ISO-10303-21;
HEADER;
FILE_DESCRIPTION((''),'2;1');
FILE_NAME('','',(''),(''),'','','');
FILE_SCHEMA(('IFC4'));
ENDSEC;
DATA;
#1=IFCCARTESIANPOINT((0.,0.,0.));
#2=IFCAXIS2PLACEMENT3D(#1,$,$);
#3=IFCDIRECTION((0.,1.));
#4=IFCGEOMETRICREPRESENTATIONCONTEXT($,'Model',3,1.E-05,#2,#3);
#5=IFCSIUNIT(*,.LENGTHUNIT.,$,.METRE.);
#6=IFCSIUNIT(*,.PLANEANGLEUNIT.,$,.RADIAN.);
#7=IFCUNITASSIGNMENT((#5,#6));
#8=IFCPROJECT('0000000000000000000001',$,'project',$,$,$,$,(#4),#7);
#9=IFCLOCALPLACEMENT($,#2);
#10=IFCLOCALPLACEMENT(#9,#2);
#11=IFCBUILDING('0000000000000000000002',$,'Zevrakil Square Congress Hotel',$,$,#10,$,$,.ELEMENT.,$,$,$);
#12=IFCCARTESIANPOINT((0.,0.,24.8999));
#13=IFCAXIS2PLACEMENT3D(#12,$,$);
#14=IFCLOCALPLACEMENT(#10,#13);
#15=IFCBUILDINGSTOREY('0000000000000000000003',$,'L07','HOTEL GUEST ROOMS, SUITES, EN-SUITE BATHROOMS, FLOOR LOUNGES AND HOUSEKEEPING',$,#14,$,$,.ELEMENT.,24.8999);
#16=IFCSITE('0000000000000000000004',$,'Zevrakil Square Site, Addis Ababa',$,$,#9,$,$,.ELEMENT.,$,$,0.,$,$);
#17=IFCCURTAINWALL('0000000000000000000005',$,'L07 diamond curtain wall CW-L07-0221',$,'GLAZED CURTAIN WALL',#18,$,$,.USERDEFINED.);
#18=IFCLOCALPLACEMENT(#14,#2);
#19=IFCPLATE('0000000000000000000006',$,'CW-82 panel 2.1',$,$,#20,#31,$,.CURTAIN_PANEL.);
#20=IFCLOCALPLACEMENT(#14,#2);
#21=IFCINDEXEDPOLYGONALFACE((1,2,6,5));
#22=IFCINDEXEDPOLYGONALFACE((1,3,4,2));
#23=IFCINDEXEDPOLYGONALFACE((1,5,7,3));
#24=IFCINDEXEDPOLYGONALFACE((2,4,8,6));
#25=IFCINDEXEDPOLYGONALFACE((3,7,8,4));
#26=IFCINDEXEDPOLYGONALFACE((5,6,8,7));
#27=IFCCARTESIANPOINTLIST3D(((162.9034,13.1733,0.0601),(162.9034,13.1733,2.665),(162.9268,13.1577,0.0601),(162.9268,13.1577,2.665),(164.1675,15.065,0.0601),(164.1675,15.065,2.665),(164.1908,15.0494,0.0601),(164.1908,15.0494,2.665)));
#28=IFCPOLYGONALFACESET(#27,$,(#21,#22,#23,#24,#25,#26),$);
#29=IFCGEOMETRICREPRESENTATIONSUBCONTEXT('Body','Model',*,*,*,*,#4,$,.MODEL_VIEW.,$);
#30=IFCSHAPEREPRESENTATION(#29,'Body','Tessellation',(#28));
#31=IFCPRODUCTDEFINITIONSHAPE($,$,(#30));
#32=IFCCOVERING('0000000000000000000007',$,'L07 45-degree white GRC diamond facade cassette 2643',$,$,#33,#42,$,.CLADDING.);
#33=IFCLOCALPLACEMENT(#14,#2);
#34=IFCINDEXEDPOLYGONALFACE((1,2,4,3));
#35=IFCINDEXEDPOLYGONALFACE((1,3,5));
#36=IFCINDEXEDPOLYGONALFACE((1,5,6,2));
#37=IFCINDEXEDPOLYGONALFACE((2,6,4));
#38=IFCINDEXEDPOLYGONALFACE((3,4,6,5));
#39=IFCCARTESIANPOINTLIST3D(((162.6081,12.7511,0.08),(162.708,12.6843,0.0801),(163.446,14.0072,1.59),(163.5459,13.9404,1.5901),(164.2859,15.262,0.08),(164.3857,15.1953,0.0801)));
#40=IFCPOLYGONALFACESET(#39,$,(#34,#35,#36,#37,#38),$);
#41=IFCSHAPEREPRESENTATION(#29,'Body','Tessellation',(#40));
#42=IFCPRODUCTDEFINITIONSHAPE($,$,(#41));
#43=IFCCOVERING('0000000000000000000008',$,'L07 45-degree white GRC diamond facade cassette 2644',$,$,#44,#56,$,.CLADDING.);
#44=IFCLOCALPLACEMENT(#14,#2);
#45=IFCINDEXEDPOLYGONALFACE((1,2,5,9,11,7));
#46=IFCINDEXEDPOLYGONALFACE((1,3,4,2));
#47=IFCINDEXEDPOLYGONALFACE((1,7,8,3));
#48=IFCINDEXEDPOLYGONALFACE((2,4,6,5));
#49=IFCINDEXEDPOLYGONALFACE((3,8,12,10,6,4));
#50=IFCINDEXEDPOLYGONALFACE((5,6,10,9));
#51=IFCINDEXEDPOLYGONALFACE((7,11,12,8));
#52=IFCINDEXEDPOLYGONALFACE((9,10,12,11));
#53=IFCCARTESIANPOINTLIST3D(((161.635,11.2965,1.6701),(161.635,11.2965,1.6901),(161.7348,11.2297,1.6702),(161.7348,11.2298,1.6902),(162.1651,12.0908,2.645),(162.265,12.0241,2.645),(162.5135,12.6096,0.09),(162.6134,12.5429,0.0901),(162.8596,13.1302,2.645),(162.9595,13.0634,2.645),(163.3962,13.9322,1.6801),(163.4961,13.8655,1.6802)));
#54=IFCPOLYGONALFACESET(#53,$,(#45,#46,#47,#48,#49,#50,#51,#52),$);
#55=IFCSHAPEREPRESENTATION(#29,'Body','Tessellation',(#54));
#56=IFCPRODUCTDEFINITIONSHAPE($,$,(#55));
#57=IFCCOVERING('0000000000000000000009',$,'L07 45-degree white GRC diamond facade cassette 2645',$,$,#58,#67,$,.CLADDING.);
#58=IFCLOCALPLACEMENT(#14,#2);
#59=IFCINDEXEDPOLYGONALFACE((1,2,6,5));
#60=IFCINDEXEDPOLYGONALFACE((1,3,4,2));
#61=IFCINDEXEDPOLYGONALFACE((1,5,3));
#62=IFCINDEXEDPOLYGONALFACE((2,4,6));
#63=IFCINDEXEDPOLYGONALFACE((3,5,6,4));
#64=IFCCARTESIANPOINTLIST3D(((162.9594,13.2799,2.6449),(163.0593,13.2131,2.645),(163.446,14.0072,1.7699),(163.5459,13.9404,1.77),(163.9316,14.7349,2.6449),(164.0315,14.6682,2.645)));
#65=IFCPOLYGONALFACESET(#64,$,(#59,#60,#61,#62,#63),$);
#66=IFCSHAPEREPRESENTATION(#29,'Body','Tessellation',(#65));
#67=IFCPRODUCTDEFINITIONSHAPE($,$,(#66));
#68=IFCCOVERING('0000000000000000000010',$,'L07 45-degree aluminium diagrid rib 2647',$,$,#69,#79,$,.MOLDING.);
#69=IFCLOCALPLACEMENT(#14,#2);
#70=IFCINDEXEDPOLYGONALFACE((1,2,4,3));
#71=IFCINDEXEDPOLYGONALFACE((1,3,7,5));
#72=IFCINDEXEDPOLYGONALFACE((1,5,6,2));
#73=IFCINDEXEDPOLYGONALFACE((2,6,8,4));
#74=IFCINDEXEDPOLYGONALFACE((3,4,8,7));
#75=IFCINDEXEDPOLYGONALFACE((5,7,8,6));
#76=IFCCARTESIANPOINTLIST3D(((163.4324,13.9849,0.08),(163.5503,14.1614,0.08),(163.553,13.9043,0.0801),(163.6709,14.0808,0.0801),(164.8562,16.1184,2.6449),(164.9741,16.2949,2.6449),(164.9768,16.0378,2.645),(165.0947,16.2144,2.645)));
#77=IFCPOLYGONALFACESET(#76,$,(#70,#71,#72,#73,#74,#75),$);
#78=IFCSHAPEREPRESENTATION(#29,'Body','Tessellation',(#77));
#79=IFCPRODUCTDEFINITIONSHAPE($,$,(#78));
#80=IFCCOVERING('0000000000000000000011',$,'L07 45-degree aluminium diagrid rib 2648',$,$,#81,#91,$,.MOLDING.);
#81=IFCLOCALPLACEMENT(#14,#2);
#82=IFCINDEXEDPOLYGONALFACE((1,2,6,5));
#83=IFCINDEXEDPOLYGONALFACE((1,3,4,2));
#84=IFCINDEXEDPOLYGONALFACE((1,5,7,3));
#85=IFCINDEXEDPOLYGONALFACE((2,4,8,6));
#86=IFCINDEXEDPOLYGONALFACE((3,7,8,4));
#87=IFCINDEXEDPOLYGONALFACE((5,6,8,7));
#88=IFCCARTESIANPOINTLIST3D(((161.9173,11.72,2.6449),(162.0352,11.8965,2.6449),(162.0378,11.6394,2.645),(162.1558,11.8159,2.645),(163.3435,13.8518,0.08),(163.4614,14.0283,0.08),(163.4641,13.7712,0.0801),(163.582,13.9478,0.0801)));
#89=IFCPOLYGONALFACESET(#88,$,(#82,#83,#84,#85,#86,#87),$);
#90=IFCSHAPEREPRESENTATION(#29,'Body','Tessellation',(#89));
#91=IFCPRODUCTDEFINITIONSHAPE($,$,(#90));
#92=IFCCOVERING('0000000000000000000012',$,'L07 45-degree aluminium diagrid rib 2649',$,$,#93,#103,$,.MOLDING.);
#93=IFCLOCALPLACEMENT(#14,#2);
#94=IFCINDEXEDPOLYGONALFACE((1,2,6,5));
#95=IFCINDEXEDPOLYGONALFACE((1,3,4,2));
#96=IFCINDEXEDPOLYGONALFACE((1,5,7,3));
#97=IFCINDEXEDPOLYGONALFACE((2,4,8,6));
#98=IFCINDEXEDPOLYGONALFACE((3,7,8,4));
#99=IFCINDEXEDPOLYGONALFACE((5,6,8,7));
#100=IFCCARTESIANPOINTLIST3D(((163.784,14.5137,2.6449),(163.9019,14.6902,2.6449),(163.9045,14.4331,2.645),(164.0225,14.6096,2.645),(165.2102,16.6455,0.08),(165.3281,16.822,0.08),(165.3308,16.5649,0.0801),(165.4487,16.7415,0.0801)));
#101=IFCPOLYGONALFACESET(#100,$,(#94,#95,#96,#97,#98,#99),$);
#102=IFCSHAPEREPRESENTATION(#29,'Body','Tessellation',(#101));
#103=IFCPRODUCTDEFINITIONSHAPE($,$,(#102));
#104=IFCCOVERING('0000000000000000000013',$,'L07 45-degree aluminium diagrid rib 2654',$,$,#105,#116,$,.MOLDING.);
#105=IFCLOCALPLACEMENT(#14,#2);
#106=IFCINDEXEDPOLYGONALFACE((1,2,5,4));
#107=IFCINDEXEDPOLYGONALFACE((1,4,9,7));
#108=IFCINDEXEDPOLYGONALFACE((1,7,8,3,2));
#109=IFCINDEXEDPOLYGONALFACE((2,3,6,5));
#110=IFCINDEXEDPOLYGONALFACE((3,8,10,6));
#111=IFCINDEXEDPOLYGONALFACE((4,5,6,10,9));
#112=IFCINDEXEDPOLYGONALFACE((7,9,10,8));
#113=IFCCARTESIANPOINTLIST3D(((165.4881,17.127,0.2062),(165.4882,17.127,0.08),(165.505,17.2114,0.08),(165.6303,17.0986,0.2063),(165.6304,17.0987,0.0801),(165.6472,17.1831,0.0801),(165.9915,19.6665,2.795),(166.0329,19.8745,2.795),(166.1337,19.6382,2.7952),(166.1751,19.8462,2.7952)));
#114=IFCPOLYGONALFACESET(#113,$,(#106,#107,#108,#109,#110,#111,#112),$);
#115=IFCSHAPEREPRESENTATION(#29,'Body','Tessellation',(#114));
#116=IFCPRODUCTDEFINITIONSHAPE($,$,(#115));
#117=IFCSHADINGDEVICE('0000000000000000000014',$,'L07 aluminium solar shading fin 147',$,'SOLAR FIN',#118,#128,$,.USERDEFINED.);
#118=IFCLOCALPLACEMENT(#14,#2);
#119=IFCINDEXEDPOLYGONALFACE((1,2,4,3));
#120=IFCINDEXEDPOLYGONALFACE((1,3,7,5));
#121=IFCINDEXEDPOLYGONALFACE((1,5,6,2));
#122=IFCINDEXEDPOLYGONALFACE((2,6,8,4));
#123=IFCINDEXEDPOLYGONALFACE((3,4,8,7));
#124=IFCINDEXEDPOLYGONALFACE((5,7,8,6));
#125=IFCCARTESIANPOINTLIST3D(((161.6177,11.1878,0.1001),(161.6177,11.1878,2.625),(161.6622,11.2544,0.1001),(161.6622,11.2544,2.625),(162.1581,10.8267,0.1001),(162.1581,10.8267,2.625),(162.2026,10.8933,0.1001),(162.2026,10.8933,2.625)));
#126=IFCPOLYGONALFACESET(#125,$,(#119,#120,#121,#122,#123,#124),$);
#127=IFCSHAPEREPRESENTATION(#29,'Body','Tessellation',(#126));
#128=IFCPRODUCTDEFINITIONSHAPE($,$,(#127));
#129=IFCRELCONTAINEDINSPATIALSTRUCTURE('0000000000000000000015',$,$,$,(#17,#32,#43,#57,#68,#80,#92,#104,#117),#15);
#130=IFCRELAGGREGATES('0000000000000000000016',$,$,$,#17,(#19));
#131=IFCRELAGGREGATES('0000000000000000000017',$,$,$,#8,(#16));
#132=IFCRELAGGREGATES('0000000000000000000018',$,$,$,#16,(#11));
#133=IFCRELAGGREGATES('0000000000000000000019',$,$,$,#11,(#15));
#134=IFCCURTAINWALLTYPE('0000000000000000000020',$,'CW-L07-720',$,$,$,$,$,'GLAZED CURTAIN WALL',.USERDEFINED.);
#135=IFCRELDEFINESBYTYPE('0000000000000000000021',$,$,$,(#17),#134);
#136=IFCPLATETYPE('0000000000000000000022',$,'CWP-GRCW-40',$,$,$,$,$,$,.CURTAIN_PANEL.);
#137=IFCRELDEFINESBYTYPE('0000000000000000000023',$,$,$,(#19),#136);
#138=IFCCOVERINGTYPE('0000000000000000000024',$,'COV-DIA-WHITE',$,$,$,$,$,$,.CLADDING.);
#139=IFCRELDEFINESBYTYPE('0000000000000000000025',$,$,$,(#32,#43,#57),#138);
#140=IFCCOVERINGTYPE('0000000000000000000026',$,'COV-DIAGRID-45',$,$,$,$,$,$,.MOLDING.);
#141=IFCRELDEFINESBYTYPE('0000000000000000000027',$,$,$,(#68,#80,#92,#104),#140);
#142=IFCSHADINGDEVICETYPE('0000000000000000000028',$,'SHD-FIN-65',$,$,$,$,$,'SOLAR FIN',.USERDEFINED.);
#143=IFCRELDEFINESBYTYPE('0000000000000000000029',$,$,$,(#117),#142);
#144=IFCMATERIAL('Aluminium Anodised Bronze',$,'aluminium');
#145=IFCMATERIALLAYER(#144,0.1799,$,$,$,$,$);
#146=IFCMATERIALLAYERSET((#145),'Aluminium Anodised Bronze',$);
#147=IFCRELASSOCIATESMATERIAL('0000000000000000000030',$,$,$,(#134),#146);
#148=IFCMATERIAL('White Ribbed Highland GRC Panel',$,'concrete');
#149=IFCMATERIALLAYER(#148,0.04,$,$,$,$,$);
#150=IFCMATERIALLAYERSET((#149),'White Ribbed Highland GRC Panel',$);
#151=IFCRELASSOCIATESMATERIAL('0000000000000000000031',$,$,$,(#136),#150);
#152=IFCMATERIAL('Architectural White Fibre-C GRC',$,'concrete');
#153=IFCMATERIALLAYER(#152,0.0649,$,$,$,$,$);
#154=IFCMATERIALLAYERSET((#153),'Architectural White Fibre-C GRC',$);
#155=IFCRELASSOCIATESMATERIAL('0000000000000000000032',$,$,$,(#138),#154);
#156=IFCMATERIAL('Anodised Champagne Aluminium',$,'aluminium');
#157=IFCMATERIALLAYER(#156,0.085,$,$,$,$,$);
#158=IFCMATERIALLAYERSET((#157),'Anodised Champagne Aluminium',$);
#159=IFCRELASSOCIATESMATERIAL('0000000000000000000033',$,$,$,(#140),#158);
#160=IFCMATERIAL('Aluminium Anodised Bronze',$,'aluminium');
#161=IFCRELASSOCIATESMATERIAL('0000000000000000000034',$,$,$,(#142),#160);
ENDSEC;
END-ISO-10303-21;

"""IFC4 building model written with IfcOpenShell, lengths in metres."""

from ifc_helpers import new_model, si_unit, direction, frame, origin, origin_2d, place, context, subcontext, project, spatial, polyline, rectangle, outline, extrude, material, layer, layer_set, type_object, element, aggregate, save


model = new_model("IFC4")

# Units and contexts
model_context = context("Model", 3, precision=1e-05, world=origin(), true_north=direction((0.0, 1.0)))
body_context = subcontext(model_context, "Body", "Model", "MODEL_VIEW")
ifc_project = project(units=[si_unit("LENGTHUNIT", "METRE"), si_unit("PLANEANGLEUNIT", "RADIAN")], contexts=[model_context])

# Site, building, storey
site_placement = place(None, origin())
site = spatial("IfcSite", under=ifc_project, at=site_placement, Name="Zevrakil Square Site, Addis Ababa", CompositionType="ELEMENT", RefElevation=0.0)
building_placement = place(site_placement, origin())
building = spatial("IfcBuilding", under=site, at=building_placement, Name="Zevrakil Square Congress Hotel", CompositionType="ELEMENT")
storey_placement = place(building_placement, frame((0.0, 0.0, 24.8999)))
storey = spatial("IfcBuildingStorey", under=building, at=storey_placement, Name="L07", Description="HOTEL GUEST ROOMS, SUITES, EN-SUITE BATHROOMS, FLOOR LOUNGES AND HOUSEKEEPING", CompositionType="ELEMENT", Elevation=24.8999)

# Curtain wall
ifc_material_1 = material(Name="Aluminium Anodised Bronze", Category="aluminium")
ifc_layer_1 = layer(ifc_material_1, 0.1799)
ifc_layer_set_1 = layer_set([ifc_layer_1], Name="Aluminium Anodised Bronze")
curtain_wall_type = type_object("IfcCurtainWallType", Name="CW-L07-720", ElementType="GLAZED CURTAIN WALL", PredefinedType="USERDEFINED", material=ifc_layer_set_1)
curtain_wall_1_placement = place(storey_placement, origin())
curtain_wall_1 = element("IfcCurtainWall", 1, at=curtain_wall_1_placement, inside=storey, type_object=curtain_wall_type, Name="L07 diamond curtain wall CW-L07-0221", ObjectType="GLAZED CURTAIN WALL", PredefinedType="USERDEFINED")

# Plate
ifc_material_2 = material(Name="White Ribbed Highland GRC Panel", Category="concrete")
ifc_layer_2 = layer(ifc_material_2, 0.04)
ifc_layer_set_2 = layer_set([ifc_layer_2], Name="White Ribbed Highland GRC Panel")
plate_type_1 = type_object("IfcPlateType", Name="CWP-GRCW-40", PredefinedType="CURTAIN_PANEL", material=ifc_layer_set_2)
plate_1_placement = place(storey_placement, frame((163.5471, 14.1113, 0.0601), z_axis=(0.0, 0.0, 1.0), x_axis=(0.555576, 0.831466, 0.0)))
plate_1 = element("IfcPlate", 2, at=plate_1_placement, type_object=plate_type_1, Name="CW-82 panel 2.1", PredefinedType="CURTAIN_PANEL", context=body_context, shape_type="SweptSolid", body=[
    extrude(rectangle(XDim=2.2751, YDim=0.0281, at=origin_2d()), origin(), (0.0, 0.0, 1.0), 2.605),
])
aggregate(curtain_wall_1, [plate_1])

# Coverings
ifc_material_3 = material(Name="Architectural White Fibre-C GRC", Category="concrete")
ifc_layer_3 = layer(ifc_material_3, 0.0649)
ifc_layer_set_3 = layer_set([ifc_layer_3], Name="Architectural White Fibre-C GRC")
covering_type_1 = type_object("IfcCoveringType", Name="COV-DIA-WHITE", PredefinedType="CLADDING", material=ifc_layer_set_3)
covering_1_placement = place(storey_placement, frame((163.5459, 13.9404, 1.5901), z_axis=(0.831477, -0.555558, 0.000762), x_axis=(0.393284, 0.58764, -0.707112)))
element("IfcCovering", 3, at=covering_1_placement, inside=storey, type_object=covering_type_1, Name="L07 45-degree white GRC diamond facade cassette 2643", PredefinedType="CLADDING", context=body_context, shape_type="SweptSolid", body=[
    extrude(outline(polyline([(0.0, 0.0), (2.1355, 0.0), (0.0001, -2.1354), (0.0, 0.0)])), origin(), (0.0, 0.0, -1.0), 0.1201),
])
covering_2_placement = place(storey_placement, frame((163.4961, 13.8655, 1.6802), z_axis=(0.831452, -0.555596, 0.000557), x_axis=(-0.392539, -0.588145, -0.707106)))
element("IfcCovering", 4, at=covering_2_placement, inside=storey, type_object=covering_type_1, Name="L07 45-degree white GRC diamond facade cassette 2644", PredefinedType="CLADDING", context=body_context, shape_type="SweptSolid", body=[
    extrude(outline(polyline([(0.0, 0.0), (2.2487, 0.0), (2.2486, -2.2345), (2.2345, -2.2486), (0.884, -2.2485), (0.0001, -1.3646), (0.0, 0.0)])), origin(), (0.0, 0.0, -1.0), 0.1201),
])
covering_3_placement = place(storey_placement, frame((163.5459, 13.9404, 1.77), z_axis=(0.831492, -0.555537, 0.000619), x_axis=(-0.393199, -0.587727, 0.707087)))
element("IfcCovering", 5, at=covering_3_placement, inside=storey, type_object=covering_type_1, Name="L07 45-degree white GRC diamond facade cassette 2645", PredefinedType="CLADDING", context=body_context, shape_type="SweptSolid", body=[
    extrude(outline(polyline([(0.0, 0.0), (1.2375, 0.0), (0.0, -1.2374), (0.0, 0.0)])), origin(), (0.0, 0.0, -1.0), 0.1201),
])
ifc_material_4 = material(Name="Anodised Champagne Aluminium", Category="aluminium")
ifc_layer_4 = layer(ifc_material_4, 0.085)
ifc_layer_set_4 = layer_set([ifc_layer_4], Name="Anodised Champagne Aluminium")
covering_type_2 = type_object("IfcCoveringType", Name="COV-DIAGRID-45", PredefinedType="MOLDING", material=ifc_layer_set_4)
covering_4_placement = place(storey_placement, frame((163.6709, 14.0808, 0.0801), z_axis=(0.831519, -0.555496, 0.000482), x_axis=(-0.555496, -0.831519, 0.0)))
element("IfcCovering", 6, at=covering_4_placement, inside=storey, type_object=covering_type_2, Name="L07 45-degree aluminium diagrid rib 2647", PredefinedType="MOLDING", context=body_context, shape_type="SweptSolid", body=[
    extrude(outline(polyline([(0.0, 0.0), (0.2123, 0.0), (-2.3527, -2.5649), (-2.565, -2.5649), (0.0, 0.0)])), origin(), (0.0, 0.0, -1.0), 0.145),
])
for number, where, z_axis, x_axis, name in (
    (7, (162.0378, 11.6394, 2.645), (0.831519, -0.555496, 0.00068), (0.555496, 0.831519, 0.0), "L07 45-degree aluminium diagrid rib 2648"),
    (8, (163.9045, 14.4331, 2.645), (0.831519, -0.555496, 0.00068), (0.555496, 0.831519, 0.0), "L07 45-degree aluminium diagrid rib 2649"),
):
    element("IfcCovering", number, at=place(storey_placement, frame(where, z_axis=z_axis, x_axis=x_axis)), inside=storey, type_object=covering_type_2, Name=name, PredefinedType="MOLDING", context=body_context, shape_type="SweptSolid", body=[
        extrude(outline(polyline([(0.0, 0.0), (0.2123, 0.0), (2.7772, -2.5649), (2.5649, -2.5649), (0.0, 0.0)])), origin(), (0.0, 0.0, -1.0), 0.145),
    ])
covering_5_placement = place(storey_placement, frame((165.6472, 17.1831, 0.0801), z_axis=(0.980748, -0.195274, 0.000845), x_axis=(-0.195274, -0.980749, -0.000002)))
element("IfcCovering", 9, at=covering_5_placement, inside=storey, type_object=covering_type_2, Name="L07 45-degree aluminium diagrid rib 2654", PredefinedType="MOLDING", context=body_context, shape_type="SweptSolid", body=[
    extrude(outline(polyline([(0.0, 0.0), (0.0861, 0.0), (0.0861, -0.1262), (-2.5028, -2.7151), (-2.7149, -2.7151), (0.0, 0.0)])), origin(), (0.0, 0.0, -1.0), 0.145),
])

# Shading device
ifc_material_5 = material(Name="Aluminium Anodised Bronze", Category="aluminium")
shading_device_type = type_object("IfcShadingDeviceType", Name="SHD-FIN-65", ElementType="SOLAR FIN", PredefinedType="USERDEFINED", material=ifc_material_5)
shading_device_placement = place(storey_placement, frame((161.9102, 11.0405, 0.1001), z_axis=(0.0, 0.0, 1.0), x_axis=(0.83147, -0.55557, 0.0)))
element("IfcShadingDevice", 10, at=shading_device_placement, inside=storey, type_object=shading_device_type, Name="L07 aluminium solar shading fin 147", ObjectType="SOLAR FIN", PredefinedType="USERDEFINED", context=body_context, shape_type="SweptSolid", body=[
    extrude(rectangle(XDim=0.6499, YDim=0.0801, at=origin_2d()), origin(), (0.0, 0.0, 1.0), 2.5249),
])

save(model, "model.ifc")
